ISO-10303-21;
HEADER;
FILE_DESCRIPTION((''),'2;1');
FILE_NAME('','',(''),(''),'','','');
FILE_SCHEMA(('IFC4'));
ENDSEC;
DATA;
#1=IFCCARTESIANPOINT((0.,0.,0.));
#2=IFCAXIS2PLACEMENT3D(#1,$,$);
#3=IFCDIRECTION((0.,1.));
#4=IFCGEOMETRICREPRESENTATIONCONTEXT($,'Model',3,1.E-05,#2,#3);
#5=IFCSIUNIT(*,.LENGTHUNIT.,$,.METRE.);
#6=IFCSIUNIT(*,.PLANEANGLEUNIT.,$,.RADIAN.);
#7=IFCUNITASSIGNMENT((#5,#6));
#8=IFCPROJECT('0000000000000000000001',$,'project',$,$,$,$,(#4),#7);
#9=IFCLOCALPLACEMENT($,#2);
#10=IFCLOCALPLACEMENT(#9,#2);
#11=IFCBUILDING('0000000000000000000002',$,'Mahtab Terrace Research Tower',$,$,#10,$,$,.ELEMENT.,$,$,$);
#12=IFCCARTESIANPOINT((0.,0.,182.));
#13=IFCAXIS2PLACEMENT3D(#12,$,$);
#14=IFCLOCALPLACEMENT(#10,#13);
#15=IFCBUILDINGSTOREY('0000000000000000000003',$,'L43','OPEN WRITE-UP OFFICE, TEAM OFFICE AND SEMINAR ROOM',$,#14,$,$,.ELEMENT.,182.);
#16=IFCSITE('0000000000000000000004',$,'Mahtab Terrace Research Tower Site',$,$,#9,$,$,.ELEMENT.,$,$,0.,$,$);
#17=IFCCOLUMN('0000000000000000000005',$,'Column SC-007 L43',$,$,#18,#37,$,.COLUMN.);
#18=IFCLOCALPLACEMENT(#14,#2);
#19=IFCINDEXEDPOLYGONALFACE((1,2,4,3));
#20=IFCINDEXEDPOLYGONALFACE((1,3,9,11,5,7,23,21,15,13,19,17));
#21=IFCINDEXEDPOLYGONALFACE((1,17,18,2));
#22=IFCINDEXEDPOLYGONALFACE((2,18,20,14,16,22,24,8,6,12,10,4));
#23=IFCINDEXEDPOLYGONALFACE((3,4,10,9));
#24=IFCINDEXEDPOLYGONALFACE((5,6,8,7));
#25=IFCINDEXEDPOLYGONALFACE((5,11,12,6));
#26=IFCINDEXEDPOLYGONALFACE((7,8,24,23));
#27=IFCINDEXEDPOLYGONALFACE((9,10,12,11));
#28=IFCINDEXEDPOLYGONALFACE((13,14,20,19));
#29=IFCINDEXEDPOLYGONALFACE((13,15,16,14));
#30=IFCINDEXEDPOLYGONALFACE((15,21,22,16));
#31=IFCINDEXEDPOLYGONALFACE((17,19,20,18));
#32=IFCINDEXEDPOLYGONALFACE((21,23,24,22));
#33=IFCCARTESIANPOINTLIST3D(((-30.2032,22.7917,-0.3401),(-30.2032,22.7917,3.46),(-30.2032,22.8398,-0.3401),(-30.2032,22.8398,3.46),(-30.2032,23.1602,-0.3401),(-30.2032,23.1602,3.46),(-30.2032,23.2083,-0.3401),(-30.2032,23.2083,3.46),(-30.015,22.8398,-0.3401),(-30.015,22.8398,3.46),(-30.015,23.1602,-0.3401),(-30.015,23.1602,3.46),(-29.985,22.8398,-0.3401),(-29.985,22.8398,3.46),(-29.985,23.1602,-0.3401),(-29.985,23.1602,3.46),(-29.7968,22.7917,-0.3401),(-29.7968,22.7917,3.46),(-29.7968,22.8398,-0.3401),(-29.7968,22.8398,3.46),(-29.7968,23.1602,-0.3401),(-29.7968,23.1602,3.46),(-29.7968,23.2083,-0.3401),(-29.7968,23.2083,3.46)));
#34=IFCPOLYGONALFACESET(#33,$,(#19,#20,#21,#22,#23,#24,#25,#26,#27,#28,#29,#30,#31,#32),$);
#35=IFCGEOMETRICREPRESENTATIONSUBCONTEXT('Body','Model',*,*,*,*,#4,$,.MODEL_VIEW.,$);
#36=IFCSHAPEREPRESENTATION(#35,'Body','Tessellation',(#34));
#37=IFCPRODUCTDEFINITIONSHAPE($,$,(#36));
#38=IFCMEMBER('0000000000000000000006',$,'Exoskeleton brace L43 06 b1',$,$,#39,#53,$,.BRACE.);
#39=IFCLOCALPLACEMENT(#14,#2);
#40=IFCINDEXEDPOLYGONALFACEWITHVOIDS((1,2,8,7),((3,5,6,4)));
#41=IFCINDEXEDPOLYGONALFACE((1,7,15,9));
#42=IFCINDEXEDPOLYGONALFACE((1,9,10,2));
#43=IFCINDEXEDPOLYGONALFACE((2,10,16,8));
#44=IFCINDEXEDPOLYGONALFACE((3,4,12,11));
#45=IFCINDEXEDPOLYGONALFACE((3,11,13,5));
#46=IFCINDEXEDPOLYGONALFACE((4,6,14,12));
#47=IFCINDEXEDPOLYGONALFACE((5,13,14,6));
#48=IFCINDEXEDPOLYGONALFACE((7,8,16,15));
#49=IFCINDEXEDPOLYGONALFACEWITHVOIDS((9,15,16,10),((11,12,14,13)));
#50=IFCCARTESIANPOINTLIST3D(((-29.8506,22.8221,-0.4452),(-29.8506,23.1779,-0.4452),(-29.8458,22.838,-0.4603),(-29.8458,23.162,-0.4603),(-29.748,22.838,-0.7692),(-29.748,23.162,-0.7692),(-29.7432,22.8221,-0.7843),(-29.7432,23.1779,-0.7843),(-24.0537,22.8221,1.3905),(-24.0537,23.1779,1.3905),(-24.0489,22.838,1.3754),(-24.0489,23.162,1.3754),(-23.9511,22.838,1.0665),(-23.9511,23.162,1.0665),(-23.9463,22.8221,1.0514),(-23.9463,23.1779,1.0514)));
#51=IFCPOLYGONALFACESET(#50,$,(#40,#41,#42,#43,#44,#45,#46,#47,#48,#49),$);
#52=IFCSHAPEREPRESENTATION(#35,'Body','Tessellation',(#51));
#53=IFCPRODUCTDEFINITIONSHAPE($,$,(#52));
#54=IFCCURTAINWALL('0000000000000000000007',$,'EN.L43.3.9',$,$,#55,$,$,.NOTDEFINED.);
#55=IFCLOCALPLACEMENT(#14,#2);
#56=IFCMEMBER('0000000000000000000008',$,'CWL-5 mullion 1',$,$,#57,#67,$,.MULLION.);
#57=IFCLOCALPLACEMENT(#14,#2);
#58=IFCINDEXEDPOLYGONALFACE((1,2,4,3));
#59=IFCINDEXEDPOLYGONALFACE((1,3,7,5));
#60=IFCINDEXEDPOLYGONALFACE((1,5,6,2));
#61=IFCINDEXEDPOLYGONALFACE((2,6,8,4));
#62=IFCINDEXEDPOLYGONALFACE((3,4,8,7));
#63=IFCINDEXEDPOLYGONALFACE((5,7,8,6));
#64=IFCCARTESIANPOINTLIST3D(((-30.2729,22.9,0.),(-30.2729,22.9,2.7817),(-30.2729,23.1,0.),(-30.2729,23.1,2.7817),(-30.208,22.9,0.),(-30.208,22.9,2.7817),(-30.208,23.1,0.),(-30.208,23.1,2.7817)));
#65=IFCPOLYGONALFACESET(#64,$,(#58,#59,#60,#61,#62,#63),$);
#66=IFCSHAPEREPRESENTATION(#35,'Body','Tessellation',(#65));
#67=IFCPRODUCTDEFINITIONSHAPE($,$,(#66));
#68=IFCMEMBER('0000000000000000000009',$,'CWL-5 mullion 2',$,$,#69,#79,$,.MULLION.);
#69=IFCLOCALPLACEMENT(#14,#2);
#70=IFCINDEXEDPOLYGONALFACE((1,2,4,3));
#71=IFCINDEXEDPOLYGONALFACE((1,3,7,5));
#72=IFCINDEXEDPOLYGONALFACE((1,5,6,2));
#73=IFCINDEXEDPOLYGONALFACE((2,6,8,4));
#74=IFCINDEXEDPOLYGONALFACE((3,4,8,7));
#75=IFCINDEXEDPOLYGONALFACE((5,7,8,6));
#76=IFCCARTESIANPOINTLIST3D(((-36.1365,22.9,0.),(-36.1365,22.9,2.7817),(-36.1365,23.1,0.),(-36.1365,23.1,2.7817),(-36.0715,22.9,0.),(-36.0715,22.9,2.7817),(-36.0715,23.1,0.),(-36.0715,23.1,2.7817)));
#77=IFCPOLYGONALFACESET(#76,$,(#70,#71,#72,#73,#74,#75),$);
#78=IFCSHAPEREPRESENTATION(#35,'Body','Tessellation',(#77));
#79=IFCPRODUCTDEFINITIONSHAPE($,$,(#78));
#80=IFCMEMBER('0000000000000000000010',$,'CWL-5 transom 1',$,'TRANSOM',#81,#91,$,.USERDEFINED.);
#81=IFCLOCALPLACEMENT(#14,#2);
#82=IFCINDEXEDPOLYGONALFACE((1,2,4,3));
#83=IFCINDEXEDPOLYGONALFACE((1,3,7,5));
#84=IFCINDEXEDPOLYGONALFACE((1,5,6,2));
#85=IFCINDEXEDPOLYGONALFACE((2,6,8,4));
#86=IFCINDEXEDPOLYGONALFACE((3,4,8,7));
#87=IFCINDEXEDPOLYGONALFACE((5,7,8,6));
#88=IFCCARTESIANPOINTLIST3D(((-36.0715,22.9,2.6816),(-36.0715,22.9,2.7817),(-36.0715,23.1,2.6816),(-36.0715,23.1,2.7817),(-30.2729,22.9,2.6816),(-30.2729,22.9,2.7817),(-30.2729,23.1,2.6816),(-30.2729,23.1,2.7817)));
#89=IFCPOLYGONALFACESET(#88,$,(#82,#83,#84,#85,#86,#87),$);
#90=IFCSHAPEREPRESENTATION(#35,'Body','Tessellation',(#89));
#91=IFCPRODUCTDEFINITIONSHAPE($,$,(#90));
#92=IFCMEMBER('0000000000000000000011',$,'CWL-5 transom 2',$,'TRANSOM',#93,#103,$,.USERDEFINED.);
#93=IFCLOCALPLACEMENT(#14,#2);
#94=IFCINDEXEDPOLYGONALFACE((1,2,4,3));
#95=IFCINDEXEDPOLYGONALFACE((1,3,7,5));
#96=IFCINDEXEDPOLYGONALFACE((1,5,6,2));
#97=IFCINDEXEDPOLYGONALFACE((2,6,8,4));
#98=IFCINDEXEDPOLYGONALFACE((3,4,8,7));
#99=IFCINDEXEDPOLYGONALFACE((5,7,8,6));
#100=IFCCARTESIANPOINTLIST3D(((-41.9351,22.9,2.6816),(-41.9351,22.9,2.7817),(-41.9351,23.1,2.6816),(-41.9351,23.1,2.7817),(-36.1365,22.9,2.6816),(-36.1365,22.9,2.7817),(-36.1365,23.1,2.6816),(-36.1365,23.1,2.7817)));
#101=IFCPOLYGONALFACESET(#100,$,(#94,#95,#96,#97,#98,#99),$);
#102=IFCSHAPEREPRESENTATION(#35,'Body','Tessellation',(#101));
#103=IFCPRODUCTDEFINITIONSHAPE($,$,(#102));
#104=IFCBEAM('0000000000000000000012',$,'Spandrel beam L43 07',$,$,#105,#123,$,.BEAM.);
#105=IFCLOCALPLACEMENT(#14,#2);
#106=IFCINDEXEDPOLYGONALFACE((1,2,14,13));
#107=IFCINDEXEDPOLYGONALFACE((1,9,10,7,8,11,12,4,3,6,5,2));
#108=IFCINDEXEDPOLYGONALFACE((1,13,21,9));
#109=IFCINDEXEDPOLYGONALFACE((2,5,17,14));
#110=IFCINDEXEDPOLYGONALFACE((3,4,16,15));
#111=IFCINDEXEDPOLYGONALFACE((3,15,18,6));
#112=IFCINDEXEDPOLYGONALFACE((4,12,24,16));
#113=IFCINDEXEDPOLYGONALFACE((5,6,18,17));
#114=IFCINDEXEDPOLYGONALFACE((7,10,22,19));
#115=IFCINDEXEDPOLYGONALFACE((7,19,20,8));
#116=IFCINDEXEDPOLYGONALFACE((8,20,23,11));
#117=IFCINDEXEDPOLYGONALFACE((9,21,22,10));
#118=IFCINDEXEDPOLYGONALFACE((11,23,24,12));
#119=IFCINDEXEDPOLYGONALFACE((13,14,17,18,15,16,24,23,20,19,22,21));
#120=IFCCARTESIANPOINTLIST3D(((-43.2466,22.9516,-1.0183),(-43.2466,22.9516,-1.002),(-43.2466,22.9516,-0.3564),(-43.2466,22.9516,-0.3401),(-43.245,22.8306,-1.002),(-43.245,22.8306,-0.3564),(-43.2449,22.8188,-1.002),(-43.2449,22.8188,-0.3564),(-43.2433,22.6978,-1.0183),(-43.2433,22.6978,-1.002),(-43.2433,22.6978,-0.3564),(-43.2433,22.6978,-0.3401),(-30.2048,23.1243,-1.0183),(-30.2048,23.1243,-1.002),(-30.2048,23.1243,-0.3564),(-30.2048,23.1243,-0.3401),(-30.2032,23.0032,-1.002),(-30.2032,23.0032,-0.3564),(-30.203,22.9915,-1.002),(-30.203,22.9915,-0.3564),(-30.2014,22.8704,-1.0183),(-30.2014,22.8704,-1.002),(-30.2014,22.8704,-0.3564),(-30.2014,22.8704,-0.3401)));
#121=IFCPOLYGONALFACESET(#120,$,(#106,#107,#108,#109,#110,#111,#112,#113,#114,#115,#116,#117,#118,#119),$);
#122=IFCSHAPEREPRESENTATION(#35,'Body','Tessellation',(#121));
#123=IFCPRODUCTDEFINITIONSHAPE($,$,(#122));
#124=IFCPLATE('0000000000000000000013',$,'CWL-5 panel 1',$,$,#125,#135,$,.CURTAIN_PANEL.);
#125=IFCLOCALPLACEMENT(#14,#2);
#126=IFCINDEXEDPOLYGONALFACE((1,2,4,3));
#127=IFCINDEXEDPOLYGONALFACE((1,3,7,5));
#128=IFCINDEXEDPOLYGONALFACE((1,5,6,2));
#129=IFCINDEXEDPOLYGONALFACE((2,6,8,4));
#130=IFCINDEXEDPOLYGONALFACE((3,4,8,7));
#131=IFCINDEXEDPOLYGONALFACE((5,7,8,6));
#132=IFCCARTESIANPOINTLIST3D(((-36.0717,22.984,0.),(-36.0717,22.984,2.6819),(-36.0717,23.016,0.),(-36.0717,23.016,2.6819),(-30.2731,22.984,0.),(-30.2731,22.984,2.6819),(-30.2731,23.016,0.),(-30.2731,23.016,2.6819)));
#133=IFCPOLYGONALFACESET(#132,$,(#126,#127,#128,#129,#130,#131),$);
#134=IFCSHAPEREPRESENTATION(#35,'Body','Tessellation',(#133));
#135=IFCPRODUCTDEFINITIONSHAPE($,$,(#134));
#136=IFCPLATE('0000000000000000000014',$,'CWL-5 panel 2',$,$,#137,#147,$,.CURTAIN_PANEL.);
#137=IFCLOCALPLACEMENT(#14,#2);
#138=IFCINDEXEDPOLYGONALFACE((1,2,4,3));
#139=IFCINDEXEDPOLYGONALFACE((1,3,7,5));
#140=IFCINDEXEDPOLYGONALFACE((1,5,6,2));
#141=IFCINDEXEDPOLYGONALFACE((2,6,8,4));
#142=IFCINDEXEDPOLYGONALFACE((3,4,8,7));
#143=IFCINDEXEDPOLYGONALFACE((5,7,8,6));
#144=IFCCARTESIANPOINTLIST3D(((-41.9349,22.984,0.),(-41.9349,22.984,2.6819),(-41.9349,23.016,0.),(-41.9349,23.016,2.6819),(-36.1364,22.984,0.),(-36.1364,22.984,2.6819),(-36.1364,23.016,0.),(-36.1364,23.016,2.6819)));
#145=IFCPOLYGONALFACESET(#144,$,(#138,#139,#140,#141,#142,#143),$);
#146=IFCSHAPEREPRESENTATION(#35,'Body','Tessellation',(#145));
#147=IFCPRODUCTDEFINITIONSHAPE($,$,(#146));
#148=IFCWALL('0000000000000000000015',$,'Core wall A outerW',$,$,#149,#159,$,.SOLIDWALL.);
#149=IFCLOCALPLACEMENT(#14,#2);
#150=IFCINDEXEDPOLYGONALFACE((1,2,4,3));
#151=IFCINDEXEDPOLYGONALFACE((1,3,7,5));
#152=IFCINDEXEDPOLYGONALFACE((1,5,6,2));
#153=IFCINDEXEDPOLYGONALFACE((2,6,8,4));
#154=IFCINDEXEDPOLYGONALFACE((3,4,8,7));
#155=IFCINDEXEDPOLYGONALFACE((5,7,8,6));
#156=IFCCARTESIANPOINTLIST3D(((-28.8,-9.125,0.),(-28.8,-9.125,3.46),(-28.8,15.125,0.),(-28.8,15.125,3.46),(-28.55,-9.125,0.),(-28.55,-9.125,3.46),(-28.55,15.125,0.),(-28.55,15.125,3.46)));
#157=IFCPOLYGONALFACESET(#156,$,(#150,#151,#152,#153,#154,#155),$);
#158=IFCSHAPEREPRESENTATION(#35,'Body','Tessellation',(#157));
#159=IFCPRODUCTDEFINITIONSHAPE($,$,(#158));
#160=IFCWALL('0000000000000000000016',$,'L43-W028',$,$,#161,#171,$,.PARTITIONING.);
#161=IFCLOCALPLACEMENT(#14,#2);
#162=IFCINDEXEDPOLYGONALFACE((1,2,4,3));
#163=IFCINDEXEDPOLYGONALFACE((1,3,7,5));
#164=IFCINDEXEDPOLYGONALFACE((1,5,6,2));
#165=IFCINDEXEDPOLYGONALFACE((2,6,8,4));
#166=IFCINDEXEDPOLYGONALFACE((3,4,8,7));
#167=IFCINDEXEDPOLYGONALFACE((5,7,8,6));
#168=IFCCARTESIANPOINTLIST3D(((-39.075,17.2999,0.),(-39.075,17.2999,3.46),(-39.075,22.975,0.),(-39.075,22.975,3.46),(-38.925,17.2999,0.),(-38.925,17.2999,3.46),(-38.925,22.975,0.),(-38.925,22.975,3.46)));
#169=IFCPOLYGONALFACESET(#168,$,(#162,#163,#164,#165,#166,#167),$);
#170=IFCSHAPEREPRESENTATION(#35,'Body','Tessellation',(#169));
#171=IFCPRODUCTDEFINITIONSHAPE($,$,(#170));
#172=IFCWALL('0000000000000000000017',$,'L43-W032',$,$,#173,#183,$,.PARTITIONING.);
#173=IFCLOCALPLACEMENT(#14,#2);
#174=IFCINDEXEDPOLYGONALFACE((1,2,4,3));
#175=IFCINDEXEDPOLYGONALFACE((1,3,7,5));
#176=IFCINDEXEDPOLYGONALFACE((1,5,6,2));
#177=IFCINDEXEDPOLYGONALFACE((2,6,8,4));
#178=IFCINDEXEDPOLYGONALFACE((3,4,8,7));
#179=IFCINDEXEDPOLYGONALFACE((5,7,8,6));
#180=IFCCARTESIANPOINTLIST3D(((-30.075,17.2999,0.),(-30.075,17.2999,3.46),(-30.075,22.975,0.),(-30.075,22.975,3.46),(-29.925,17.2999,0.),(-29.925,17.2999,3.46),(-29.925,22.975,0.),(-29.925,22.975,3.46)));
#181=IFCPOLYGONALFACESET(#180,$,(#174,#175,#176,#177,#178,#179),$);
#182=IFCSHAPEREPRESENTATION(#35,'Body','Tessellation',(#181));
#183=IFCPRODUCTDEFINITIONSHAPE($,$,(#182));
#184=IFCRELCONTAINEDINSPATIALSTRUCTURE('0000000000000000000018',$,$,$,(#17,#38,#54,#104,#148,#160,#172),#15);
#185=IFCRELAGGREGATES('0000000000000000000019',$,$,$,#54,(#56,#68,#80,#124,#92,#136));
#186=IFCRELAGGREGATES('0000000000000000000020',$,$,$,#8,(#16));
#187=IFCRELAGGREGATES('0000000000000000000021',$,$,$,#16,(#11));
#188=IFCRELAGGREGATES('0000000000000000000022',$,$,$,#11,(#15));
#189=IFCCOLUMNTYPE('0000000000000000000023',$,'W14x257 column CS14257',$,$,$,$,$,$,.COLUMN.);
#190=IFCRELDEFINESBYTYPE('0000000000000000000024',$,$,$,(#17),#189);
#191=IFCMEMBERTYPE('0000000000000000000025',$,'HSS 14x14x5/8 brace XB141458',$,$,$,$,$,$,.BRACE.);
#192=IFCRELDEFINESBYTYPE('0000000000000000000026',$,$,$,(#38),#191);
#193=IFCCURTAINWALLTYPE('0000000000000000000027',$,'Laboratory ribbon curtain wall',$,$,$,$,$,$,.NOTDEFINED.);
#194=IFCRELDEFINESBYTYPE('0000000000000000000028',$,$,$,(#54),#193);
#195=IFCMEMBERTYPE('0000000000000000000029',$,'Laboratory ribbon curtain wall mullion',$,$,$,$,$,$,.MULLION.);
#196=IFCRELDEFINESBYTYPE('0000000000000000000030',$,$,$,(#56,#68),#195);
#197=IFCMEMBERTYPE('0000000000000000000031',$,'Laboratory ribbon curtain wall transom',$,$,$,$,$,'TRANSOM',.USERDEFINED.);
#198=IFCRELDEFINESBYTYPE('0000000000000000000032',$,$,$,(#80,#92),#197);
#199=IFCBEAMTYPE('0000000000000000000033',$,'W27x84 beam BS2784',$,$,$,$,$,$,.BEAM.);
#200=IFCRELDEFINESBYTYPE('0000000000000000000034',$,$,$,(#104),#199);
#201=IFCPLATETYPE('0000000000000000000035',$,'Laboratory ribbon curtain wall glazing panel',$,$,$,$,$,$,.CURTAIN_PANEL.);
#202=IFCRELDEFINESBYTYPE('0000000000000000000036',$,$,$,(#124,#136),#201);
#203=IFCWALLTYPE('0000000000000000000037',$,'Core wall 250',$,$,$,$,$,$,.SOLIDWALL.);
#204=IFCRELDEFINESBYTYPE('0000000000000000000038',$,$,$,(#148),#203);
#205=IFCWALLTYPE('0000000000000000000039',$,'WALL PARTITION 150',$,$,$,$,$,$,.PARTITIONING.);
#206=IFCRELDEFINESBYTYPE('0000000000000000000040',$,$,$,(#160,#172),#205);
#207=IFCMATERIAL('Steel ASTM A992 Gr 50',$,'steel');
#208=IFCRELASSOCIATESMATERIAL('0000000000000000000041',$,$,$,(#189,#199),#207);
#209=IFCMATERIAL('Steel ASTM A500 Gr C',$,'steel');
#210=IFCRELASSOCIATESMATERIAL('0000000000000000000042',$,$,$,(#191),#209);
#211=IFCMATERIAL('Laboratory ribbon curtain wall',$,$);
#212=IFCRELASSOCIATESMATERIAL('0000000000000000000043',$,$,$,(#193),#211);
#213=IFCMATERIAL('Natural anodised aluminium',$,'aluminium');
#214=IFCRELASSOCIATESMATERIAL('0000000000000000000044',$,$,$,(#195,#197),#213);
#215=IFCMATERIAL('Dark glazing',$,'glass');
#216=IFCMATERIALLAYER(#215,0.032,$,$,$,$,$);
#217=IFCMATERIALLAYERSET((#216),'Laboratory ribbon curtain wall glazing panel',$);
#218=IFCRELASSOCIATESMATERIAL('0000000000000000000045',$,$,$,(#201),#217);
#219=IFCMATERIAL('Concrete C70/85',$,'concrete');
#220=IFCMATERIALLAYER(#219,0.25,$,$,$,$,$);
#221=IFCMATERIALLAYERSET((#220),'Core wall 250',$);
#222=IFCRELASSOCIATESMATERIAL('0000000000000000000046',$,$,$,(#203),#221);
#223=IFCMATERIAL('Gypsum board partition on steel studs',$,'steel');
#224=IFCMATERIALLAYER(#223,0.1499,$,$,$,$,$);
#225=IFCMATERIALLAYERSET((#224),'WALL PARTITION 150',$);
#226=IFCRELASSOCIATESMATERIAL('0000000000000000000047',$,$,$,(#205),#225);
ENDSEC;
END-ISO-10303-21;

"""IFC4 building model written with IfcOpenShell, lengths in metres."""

from ifc_helpers import new_model, si_unit, direction, frame, frame_2d, origin, origin_2d, place, context, subcontext, project, spatial, rectangle, hollow_rectangle, i_section, extrude, material, layer, layer_set, material_profile, profile_set, type_object, element, aggregate, save


model = new_model("IFC4")

# Units and contexts
model_context = context("Model", 3, precision=1e-05, world=origin(), true_north=direction((0.0, 1.0)))
body_context = subcontext(model_context, "Body", "Model", "MODEL_VIEW")
ifc_project = project(units=[si_unit("LENGTHUNIT", "METRE"), si_unit("PLANEANGLEUNIT", "RADIAN")], contexts=[model_context])

# Site, building, storey
site_placement = place(None, origin())
site = spatial("IfcSite", under=ifc_project, at=site_placement, Name="Mahtab Terrace Research Tower Site", CompositionType="ELEMENT", RefElevation=0.0)
building_placement = place(site_placement, origin())
building = spatial("IfcBuilding", under=site, at=building_placement, Name="Mahtab Terrace Research Tower", CompositionType="ELEMENT")
storey_placement = place(building_placement, frame((0.0, 0.0, 182.0)))
storey = spatial("IfcBuildingStorey", under=building, at=storey_placement, Name="L43", Description="OPEN WRITE-UP OFFICE, TEAM OFFICE AND SEMINAR ROOM", CompositionType="ELEMENT", Elevation=182.0)

# Column
ifc_material_1 = material(Name="Steel ASTM A992 Gr 50", Category="steel")
ifc_material_profile_1 = material_profile(ifc_material_1, i_section(OverallWidth=0.4065, OverallDepth=0.4165, WebThickness=0.03, FlangeThickness=0.0481, at=origin_2d()), Name="W14X257")
ifc_profile_set_1 = profile_set([ifc_material_profile_1], Name="Steel ASTM A992 Gr 50")
column_type = type_object("IfcColumnType", Name="W14x257 column CS14257", PredefinedType="COLUMN", material=ifc_profile_set_1)
column_placement = place(storey_placement, frame((-30.0, 23.0, -0.3401), z_axis=(0.0, 0.0, 1.0), x_axis=(1.0, 0.0, 0.0)))
element("IfcColumn", 1, at=column_placement, inside=storey, type_object=column_type, Name="Column SC-007 L43", PredefinedType="COLUMN", context=body_context, shape_type="SweptSolid", body=[
    extrude(i_section(OverallWidth=0.4065, OverallDepth=0.4165, WebThickness=0.03, FlangeThickness=0.0481, at=origin_2d()), origin(), (0.0, 0.0, 1.0), 3.8),
])

# Member
ifc_material_2 = material(Name="Steel ASTM A500 Gr C", Category="steel")
ifc_material_profile_2 = material_profile(ifc_material_2, hollow_rectangle(XDim=0.3557, YDim=0.3557, WallThickness=0.0159, at=origin_2d()), Name="HSS14X14X5/8")
ifc_profile_set_2 = profile_set([ifc_material_profile_2], Name="Steel ASTM A500 Gr C")
member_type_1 = type_object("IfcMemberType", Name="HSS 14x14x5/8 brace XB141458", PredefinedType="BRACE", material=ifc_profile_set_2)
member_1_placement = place(storey_placement, frame((-29.7969, 23.0, -0.6147), z_axis=(0.953341, 0.0, 0.301894), x_axis=(0.0, 1.0, 0.0)))
element("IfcMember", 2, at=member_1_placement, inside=storey, type_object=member_type_1, Name="Exoskeleton brace L43 06 b1", PredefinedType="BRACE", context=body_context, shape_type="SweptSolid", body=[
    extrude(hollow_rectangle(XDim=0.3557, YDim=0.3557, WallThickness=0.0159, at=origin_2d()), origin(), (0.0, 0.0, 1.0), 6.0806),
])

# Curtain wall, members
ifc_material_3 = material(Name="Laboratory ribbon curtain wall")
curtain_wall_type = type_object("IfcCurtainWallType", Name="Laboratory ribbon curtain wall", PredefinedType="NOTDEFINED", material=ifc_material_3)
curtain_wall_placement = place(storey_placement, origin())
curtain_wall = element("IfcCurtainWall", 3, at=curtain_wall_placement, inside=storey, type_object=curtain_wall_type, Name="EN.L43.3.9", PredefinedType="NOTDEFINED")
ifc_material_4 = material(Name="Natural anodised aluminium", Category="aluminium")
ifc_material_profile_3 = material_profile(ifc_material_4, rectangle(XDim=0.2, YDim=0.0649, at=origin_2d()), Name="MULLION 65x200")
ifc_profile_set_3 = profile_set([ifc_material_profile_3], Name="Natural anodised aluminium")
member_type_2 = type_object("IfcMemberType", Name="Laboratory ribbon curtain wall mullion", PredefinedType="MULLION", material=ifc_profile_set_3)
member_2_placement = place(storey_placement, frame((-30.2405, 23.0, 0.0), z_axis=(0.0, 0.0, 1.0), x_axis=(0.0, -1.0, 0.0)))
member_2 = element("IfcMember", 4, at=member_2_placement, type_object=member_type_2, Name="CWL-5 mullion 1", PredefinedType="MULLION", context=body_context, shape_type="SweptSolid", body=[
    extrude(rectangle(XDim=0.2, YDim=0.0649, at=origin_2d()), origin(), (0.0, 0.0, 1.0), 2.7817),
])
member_3_placement = place(storey_placement, frame((-36.104, 23.0, 0.0), z_axis=(0.0, 0.0, 1.0), x_axis=(0.0, -1.0, 0.0)))
member_3 = element("IfcMember", 5, at=member_3_placement, type_object=member_type_2, Name="CWL-5 mullion 2", PredefinedType="MULLION", context=body_context, shape_type="SweptSolid", body=[
    extrude(rectangle(XDim=0.2, YDim=0.0649, at=origin_2d()), origin(), (0.0, 0.0, 1.0), 2.7817),
])
ifc_material_profile_4 = material_profile(ifc_material_4, rectangle(XDim=0.2, YDim=0.1001, at=origin_2d()), Name="TRANSOM 100x200")
ifc_profile_set_4 = profile_set([ifc_material_profile_4], Name="Natural anodised aluminium")
member_type_3 = type_object("IfcMemberType", Name="Laboratory ribbon curtain wall transom", ElementType="TRANSOM", PredefinedType="USERDEFINED", material=ifc_profile_set_4)
member_4_placement = place(storey_placement, frame((-30.2729, 23.0, 2.7317), z_axis=(-1.0, 0.0, 0.0), x_axis=(0.0, -1.0, 0.0)))
member_4 = element("IfcMember", 6, at=member_4_placement, type_object=member_type_3, Name="CWL-5 transom 1", ObjectType="TRANSOM", PredefinedType="USERDEFINED", context=body_context, shape_type="SweptSolid", body=[
    extrude(rectangle(XDim=0.2, YDim=0.1001, at=origin_2d()), origin(), (0.0, 0.0, 1.0), 5.7986),
])
member_5_placement = place(storey_placement, frame((-36.1365, 23.0, 2.7317), z_axis=(-1.0, 0.0, 0.0), x_axis=(0.0, -1.0, 0.0)))
member_5 = element("IfcMember", 7, at=member_5_placement, type_object=member_type_3, Name="CWL-5 transom 2", ObjectType="TRANSOM", PredefinedType="USERDEFINED", context=body_context, shape_type="SweptSolid", body=[
    extrude(rectangle(XDim=0.2, YDim=0.1001, at=origin_2d()), origin(), (0.0, 0.0, 1.0), 5.7986),
])

# Beam
ifc_material_profile_5 = material_profile(ifc_material_1, i_section(OverallWidth=0.2539, OverallDepth=0.6782, WebThickness=0.0117, FlangeThickness=0.0164, at=origin_2d()), Name="W27X84")
ifc_profile_set_5 = profile_set([ifc_material_profile_5], Name="Steel ASTM A992 Gr 50")
beam_type = type_object("IfcBeamType", Name="W27x84 beam BS2784", PredefinedType="BEAM", material=ifc_profile_set_5)
beam_placement = place(storey_placement, frame((-30.2031, 22.9973, -0.6792), z_axis=(-0.999912, -0.013234, 0.0), x_axis=(0.013234, -0.999912, 0.0)))
element("IfcBeam", 8, at=beam_placement, inside=storey, type_object=beam_type, Name="Spandrel beam L43 07", PredefinedType="BEAM", context=body_context, shape_type="SweptSolid", body=[
    extrude(i_section(OverallWidth=0.2539, OverallDepth=0.6782, WebThickness=0.0117, FlangeThickness=0.0164, at=origin_2d()), origin(), (0.0, 0.0, 1.0), 13.043),
])

# Plates
ifc_material_5 = material(Name="Dark glazing", Category="glass")
ifc_layer_1 = layer(ifc_material_5, 0.032)
ifc_layer_set_1 = layer_set([ifc_layer_1], Name="Laboratory ribbon curtain wall glazing panel")
plate_type = type_object("IfcPlateType", Name="Laboratory ribbon curtain wall glazing panel", PredefinedType="CURTAIN_PANEL", material=ifc_layer_set_1)
plate_1_placement = place(storey_placement, frame((-33.1724, 23.0, 0.0), z_axis=(0.0, 0.0, 1.0), x_axis=(-1.0, 0.0, 0.0)))
plate_1 = element("IfcPlate", 9, at=plate_1_placement, type_object=plate_type, Name="CWL-5 panel 1", PredefinedType="CURTAIN_PANEL", context=body_context, shape_type="SweptSolid", body=[
    extrude(rectangle(XDim=5.7986, YDim=0.032, at=origin_2d()), origin(), (0.0, 0.0, 1.0), 2.6819),
])
plate_2_placement = place(storey_placement, frame((-39.0356, 23.0, 0.0), z_axis=(0.0, 0.0, 1.0), x_axis=(-1.0, 0.0, 0.0)))
plate_2 = element("IfcPlate", 10, at=plate_2_placement, type_object=plate_type, Name="CWL-5 panel 2", PredefinedType="CURTAIN_PANEL", context=body_context, shape_type="SweptSolid", body=[
    extrude(rectangle(XDim=5.7986, YDim=0.032, at=origin_2d()), origin(), (0.0, 0.0, 1.0), 2.6819),
])
aggregate(curtain_wall, [member_2, member_3, member_4, plate_1, member_5, plate_2])

# Walls
ifc_material_6 = material(Name="Concrete C70/85", Category="concrete")
ifc_layer_2 = layer(ifc_material_6, 0.25)
ifc_layer_set_2 = layer_set([ifc_layer_2], Name="Core wall 250")
wall_type_1 = type_object("IfcWallType", Name="Core wall 250", PredefinedType="SOLIDWALL", material=ifc_layer_set_2)
wall_placement = place(storey_placement, frame((-28.675, 15.125, 0.0), z_axis=(0.0, 0.0, 1.0), x_axis=(0.0, -1.0, 0.0)))
element("IfcWall", 11, at=wall_placement, inside=storey, type_object=wall_type_1, Name="Core wall A outerW", PredefinedType="SOLIDWALL", context=body_context, shape_type="SweptSolid", body=[
    extrude(rectangle(XDim=24.25, YDim=0.25, at=frame_2d((12.125, 0.0))), origin(), (0.0, 0.0, 1.0), 3.46),
])
ifc_material_7 = material(Name="Gypsum board partition on steel studs", Category="steel")
ifc_layer_3 = layer(ifc_material_7, 0.1499)
ifc_layer_set_3 = layer_set([ifc_layer_3], Name="WALL PARTITION 150")
wall_type_2 = type_object("IfcWallType", Name="WALL PARTITION 150", PredefinedType="PARTITIONING", material=ifc_layer_set_3)
for number, where, z_axis, x_axis, name in (
    (12, (-39.0, 17.3, 0.0), (0.0, 0.0, 1.0), (0.0, 1.0, 0.0), "L43-W028"),
    (13, (-30.0, 17.3, 0.0), (0.0, 0.0, 1.0), (0.0, 1.0, 0.0), "L43-W032"),
):
    element("IfcWall", number, at=place(storey_placement, frame(where, z_axis=z_axis, x_axis=x_axis)), inside=storey, type_object=wall_type_2, Name=name, PredefinedType="PARTITIONING", context=body_context, shape_type="SweptSolid", body=[
        extrude(rectangle(XDim=5.675, YDim=0.1499, at=frame_2d((2.8374, 0.0))), origin(), (0.0, 0.0, 1.0), 3.46),
    ])

save(model, "model.ifc")
